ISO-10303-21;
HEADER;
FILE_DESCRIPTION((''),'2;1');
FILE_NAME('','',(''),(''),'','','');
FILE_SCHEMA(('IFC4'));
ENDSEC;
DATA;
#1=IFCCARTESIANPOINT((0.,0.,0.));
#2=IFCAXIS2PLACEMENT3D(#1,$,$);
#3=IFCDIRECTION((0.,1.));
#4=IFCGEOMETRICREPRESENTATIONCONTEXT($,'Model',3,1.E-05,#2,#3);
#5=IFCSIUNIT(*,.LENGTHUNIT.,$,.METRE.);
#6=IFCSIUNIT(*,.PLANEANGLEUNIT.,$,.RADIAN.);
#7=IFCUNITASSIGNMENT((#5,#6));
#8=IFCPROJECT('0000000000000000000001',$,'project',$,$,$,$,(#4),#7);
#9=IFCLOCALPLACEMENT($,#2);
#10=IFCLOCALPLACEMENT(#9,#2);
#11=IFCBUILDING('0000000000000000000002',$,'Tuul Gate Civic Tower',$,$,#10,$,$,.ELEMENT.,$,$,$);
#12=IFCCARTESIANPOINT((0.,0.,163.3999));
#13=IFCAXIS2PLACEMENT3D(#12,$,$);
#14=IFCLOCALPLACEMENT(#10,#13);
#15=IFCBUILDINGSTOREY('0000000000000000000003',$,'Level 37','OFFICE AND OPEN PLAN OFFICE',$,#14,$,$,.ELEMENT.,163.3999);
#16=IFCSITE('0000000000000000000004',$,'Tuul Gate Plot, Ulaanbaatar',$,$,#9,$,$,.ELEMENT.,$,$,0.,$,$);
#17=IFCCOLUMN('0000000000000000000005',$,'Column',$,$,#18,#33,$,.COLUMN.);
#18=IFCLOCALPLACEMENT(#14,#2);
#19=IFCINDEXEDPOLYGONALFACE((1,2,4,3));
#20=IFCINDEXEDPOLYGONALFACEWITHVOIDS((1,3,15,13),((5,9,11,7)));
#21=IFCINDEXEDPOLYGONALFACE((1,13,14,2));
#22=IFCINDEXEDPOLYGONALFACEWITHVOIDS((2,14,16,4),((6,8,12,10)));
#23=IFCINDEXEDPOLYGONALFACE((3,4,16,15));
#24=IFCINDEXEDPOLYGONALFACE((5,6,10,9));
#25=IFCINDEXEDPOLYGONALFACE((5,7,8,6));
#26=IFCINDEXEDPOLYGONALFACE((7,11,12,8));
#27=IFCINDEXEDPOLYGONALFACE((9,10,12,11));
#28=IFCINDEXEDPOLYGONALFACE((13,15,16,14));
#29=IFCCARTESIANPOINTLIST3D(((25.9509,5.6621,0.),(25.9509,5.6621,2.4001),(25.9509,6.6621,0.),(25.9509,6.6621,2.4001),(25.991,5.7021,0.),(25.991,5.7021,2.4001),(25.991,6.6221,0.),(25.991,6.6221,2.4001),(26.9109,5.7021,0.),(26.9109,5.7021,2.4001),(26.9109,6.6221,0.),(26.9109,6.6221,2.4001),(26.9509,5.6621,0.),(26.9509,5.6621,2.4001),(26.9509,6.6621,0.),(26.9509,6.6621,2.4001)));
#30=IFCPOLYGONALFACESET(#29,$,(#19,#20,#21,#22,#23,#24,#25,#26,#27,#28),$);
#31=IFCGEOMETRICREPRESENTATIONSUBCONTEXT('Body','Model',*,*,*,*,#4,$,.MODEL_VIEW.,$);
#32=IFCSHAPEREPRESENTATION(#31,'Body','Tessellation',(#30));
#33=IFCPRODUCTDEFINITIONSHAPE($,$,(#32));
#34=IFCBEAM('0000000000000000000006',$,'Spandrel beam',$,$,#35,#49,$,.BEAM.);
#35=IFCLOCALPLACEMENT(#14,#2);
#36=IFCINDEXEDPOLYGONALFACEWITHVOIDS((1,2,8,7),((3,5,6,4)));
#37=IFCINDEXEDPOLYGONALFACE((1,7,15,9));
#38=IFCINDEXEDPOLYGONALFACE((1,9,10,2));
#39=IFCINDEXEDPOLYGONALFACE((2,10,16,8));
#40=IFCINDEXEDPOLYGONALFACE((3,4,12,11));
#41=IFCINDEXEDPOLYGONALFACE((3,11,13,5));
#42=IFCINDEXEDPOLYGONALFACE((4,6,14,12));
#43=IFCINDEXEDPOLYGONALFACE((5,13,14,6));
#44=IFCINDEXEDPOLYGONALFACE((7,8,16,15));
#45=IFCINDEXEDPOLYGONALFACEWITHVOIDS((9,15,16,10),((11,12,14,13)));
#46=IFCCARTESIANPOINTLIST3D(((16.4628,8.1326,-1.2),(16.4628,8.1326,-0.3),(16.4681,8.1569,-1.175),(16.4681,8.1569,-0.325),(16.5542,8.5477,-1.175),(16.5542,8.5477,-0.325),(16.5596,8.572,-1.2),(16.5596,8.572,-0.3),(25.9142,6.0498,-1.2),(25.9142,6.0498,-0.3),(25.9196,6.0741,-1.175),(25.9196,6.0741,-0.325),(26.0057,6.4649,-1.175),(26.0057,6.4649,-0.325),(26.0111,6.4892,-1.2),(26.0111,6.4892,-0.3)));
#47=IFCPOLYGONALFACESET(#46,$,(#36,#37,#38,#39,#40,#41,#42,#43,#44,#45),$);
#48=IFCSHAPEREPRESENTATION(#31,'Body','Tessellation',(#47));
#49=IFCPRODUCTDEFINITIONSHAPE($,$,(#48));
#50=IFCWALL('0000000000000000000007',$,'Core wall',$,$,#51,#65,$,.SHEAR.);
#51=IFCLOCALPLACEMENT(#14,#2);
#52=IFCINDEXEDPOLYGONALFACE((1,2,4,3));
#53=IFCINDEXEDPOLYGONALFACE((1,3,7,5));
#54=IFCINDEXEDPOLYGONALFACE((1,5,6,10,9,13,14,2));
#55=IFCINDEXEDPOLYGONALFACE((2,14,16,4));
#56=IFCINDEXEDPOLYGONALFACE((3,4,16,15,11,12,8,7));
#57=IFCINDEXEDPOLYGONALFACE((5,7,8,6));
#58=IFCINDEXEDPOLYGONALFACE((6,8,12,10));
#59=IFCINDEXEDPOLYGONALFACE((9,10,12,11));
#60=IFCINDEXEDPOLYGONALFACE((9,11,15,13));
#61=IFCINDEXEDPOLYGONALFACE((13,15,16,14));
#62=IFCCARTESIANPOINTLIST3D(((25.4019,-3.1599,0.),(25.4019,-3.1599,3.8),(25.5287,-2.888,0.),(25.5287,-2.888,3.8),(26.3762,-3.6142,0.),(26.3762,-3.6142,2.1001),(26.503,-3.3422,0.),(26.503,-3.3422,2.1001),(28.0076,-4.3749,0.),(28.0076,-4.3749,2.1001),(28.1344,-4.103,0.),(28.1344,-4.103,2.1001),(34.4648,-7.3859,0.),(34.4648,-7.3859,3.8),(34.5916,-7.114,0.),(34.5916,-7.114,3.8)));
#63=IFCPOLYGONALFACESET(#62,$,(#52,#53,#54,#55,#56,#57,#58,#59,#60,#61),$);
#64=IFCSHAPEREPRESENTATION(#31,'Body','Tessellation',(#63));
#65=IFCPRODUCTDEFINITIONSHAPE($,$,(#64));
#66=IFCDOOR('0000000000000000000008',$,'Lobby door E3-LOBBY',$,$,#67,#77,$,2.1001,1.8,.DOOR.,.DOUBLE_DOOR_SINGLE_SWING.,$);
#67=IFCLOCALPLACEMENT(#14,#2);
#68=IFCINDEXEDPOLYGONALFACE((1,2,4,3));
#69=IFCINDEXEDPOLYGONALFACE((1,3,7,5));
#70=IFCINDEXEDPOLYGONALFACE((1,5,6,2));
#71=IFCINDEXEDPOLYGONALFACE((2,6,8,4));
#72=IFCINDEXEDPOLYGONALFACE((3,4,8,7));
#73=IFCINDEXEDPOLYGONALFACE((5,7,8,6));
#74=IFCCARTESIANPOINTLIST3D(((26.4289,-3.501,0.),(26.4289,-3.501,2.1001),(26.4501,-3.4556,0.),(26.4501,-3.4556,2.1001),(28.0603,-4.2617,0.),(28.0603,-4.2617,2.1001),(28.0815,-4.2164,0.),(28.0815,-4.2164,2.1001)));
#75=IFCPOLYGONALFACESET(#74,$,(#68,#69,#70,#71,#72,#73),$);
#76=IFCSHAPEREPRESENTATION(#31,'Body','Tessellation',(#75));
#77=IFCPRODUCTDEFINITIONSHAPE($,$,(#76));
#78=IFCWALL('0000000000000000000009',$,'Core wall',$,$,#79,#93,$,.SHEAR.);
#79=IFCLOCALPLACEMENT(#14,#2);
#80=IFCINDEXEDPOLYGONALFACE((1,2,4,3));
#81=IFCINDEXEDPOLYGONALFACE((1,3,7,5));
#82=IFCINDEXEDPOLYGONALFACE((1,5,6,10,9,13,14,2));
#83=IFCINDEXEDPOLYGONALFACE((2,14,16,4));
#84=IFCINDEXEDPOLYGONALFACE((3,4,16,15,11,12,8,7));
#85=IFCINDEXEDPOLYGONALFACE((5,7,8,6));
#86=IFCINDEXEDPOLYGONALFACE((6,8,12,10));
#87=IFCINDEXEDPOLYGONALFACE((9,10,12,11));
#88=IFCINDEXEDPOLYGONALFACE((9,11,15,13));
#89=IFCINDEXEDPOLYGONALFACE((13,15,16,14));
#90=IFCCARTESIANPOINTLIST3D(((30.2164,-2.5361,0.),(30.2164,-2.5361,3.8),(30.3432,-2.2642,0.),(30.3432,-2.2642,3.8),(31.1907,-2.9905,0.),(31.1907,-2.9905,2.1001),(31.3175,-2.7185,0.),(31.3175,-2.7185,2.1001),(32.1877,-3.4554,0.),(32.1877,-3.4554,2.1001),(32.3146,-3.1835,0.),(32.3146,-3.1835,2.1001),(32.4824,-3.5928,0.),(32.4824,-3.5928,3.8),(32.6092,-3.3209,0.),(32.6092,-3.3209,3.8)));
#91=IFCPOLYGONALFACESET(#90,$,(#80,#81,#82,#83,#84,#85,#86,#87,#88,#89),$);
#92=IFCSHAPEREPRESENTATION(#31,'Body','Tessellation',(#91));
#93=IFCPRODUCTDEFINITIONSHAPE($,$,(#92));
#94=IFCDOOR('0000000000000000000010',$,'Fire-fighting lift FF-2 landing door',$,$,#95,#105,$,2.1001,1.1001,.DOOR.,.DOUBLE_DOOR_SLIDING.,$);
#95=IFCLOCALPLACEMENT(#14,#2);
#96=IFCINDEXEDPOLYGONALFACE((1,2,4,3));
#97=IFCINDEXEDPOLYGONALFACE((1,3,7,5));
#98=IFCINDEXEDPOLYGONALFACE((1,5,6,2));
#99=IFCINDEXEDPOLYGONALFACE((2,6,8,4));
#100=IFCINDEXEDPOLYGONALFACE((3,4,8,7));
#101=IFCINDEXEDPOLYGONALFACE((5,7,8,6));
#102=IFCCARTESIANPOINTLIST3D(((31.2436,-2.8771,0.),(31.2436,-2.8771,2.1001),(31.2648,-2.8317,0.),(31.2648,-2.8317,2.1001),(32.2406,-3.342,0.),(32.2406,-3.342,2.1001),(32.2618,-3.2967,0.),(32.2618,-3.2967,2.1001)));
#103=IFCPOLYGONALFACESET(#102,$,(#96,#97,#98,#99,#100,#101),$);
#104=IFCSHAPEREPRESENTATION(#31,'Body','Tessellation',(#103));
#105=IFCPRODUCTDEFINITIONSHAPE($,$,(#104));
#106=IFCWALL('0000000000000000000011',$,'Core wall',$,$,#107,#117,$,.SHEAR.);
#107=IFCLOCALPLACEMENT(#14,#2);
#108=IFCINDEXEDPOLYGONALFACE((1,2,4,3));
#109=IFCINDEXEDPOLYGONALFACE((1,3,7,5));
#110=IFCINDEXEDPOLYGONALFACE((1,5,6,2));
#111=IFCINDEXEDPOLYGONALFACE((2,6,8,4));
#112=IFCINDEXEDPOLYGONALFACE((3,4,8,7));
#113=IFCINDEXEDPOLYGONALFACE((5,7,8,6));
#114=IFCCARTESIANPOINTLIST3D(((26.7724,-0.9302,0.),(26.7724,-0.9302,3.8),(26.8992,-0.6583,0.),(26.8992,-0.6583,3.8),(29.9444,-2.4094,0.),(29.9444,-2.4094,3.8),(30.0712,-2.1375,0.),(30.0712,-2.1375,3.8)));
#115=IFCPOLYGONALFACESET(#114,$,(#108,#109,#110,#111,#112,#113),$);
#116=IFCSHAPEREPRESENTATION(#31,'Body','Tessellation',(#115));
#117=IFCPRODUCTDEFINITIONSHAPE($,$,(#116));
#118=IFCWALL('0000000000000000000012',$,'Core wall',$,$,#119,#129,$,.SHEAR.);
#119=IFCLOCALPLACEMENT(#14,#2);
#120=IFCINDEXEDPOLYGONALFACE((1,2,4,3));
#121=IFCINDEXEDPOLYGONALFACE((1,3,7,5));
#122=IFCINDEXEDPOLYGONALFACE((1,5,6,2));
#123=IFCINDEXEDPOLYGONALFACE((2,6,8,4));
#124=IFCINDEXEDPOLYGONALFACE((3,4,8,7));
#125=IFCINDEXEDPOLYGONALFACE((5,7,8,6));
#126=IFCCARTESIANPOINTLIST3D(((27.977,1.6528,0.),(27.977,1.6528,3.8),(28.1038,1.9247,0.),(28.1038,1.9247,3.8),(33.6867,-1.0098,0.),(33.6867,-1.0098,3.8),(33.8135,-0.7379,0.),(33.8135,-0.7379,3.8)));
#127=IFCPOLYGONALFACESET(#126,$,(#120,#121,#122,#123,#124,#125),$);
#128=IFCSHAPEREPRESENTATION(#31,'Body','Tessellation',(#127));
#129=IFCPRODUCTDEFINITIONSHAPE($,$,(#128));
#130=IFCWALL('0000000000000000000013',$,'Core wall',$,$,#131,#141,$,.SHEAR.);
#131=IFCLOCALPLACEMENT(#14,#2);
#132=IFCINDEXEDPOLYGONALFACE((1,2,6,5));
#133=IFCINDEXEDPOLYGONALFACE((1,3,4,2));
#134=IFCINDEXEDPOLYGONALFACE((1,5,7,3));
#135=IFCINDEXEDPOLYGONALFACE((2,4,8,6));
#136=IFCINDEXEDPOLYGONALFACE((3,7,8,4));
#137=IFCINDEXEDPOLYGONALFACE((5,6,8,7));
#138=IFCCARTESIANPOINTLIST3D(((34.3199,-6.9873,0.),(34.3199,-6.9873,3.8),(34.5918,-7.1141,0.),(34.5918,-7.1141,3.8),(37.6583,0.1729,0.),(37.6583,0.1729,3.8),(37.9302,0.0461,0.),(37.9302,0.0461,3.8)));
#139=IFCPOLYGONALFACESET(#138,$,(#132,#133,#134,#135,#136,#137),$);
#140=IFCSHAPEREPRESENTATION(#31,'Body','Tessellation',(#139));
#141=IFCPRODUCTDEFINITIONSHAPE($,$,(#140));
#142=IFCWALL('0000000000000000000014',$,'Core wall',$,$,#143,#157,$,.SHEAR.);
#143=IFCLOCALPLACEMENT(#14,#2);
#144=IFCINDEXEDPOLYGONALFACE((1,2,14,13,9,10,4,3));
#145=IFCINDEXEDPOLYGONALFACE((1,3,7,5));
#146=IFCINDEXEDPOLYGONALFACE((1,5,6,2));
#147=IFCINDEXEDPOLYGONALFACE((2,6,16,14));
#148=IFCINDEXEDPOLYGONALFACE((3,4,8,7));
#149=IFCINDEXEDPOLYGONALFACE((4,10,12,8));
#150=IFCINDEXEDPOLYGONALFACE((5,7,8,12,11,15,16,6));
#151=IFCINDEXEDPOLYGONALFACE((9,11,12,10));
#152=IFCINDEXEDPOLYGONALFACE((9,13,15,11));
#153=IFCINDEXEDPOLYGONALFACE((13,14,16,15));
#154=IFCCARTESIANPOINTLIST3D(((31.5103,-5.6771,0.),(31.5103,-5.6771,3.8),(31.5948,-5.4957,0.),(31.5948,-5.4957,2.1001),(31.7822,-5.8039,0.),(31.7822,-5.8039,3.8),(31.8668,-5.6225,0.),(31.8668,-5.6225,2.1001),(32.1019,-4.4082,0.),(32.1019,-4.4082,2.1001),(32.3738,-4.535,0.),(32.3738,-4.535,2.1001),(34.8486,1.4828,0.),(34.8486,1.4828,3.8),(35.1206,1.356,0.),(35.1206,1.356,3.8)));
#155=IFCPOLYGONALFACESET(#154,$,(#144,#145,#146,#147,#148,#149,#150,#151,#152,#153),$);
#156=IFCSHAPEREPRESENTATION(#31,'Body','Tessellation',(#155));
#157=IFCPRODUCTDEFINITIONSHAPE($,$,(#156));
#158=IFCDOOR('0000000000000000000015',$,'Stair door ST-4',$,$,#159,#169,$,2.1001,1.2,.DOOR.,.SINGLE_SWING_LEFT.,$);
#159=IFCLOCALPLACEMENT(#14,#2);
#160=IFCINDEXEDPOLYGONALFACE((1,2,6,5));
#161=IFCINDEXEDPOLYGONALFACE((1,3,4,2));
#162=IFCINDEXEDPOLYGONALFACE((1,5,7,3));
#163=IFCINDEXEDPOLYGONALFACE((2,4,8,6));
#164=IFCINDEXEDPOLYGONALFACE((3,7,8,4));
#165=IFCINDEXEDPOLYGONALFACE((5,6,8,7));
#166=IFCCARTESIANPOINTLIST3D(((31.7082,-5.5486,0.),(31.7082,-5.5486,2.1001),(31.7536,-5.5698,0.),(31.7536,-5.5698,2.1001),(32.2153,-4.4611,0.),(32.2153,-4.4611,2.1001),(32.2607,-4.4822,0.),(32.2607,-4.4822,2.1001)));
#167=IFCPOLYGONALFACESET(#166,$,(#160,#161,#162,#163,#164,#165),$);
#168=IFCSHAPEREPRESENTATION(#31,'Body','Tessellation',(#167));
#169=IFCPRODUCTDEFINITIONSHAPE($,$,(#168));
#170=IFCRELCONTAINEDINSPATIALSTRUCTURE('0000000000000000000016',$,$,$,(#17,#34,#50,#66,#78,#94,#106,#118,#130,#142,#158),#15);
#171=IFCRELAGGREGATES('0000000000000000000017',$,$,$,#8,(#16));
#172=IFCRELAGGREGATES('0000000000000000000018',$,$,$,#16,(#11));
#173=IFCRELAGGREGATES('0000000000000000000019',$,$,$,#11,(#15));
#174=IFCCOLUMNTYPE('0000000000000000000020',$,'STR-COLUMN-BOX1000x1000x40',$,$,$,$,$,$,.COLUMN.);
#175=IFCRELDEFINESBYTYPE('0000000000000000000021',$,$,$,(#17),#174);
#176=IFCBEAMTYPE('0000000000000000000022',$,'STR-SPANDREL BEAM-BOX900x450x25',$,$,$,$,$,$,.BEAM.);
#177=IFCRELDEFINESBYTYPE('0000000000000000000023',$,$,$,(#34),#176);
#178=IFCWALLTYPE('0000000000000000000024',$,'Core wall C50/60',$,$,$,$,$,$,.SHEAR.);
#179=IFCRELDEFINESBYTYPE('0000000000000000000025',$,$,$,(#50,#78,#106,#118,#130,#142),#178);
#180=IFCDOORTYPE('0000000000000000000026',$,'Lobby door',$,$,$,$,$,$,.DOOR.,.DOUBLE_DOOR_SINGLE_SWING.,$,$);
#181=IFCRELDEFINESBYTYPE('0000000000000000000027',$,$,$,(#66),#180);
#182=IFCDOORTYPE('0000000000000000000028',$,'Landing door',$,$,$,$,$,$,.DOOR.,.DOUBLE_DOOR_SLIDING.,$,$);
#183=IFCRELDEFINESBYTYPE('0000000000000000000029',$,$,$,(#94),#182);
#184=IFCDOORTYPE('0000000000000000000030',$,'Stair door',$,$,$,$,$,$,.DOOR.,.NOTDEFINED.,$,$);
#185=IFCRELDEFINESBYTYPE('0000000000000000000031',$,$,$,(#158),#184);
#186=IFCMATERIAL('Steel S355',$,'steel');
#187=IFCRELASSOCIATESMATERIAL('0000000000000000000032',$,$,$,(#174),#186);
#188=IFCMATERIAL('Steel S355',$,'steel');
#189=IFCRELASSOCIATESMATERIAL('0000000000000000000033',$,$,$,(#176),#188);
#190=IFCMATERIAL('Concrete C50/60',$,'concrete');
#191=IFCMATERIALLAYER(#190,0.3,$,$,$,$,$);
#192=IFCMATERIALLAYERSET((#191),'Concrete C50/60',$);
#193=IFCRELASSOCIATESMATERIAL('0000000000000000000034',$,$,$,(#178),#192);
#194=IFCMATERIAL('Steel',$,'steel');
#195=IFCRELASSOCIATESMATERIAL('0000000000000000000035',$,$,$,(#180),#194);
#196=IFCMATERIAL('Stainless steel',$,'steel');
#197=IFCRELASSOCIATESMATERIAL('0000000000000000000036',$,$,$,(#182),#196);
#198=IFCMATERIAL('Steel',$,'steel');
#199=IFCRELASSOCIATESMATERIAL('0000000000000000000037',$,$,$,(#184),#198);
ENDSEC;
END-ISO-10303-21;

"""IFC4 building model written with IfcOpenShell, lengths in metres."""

from ifc_helpers import new_model, si_unit, direction, frame, frame_2d, origin, origin_2d, place, context, subcontext, project, spatial, rectangle, hollow_rectangle, extrude, material, layer, layer_set, material_profile, profile_set, type_object, element, fill, save


model = new_model("IFC4")

# Units and contexts
model_context = context("Model", 3, precision=1e-05, world=origin(), true_north=direction((0.0, 1.0)))
body_context = subcontext(model_context, "Body", "Model", "MODEL_VIEW")
ifc_project = project(units=[si_unit("LENGTHUNIT", "METRE"), si_unit("PLANEANGLEUNIT", "RADIAN")], contexts=[model_context])

# Site, building, storey
site_placement = place(None, origin())
site = spatial("IfcSite", under=ifc_project, at=site_placement, Name="Tuul Gate Plot, Ulaanbaatar", CompositionType="ELEMENT", RefElevation=0.0)
building_placement = place(site_placement, origin())
building = spatial("IfcBuilding", under=site, at=building_placement, Name="Tuul Gate Civic Tower", CompositionType="ELEMENT")
storey_placement = place(building_placement, frame((0.0, 0.0, 163.3999)))
storey = spatial("IfcBuildingStorey", under=building, at=storey_placement, Name="Level 37", Description="OFFICE AND OPEN PLAN OFFICE", CompositionType="ELEMENT", Elevation=163.3999)

# Column
ifc_material_1 = material(Name="Steel S355", Category="steel")
ifc_material_profile_1 = material_profile(ifc_material_1, hollow_rectangle(XDim=1.0, YDim=1.0, WallThickness=0.04, at=origin_2d()), Name="BOX1000x1000x40")
ifc_profile_set_1 = profile_set([ifc_material_profile_1], Name="Steel S355")
column_type = type_object("IfcColumnType", Name="STR-COLUMN-BOX1000x1000x40", PredefinedType="COLUMN", material=ifc_profile_set_1)
column_placement = place(storey_placement, frame((26.4509, 6.1621, 0.0), z_axis=(0.0, 0.0, 1.0), x_axis=(1.0, 0.0, 0.0)))
element("IfcColumn", 1, at=column_placement, inside=storey, type_object=column_type, Name="Column", PredefinedType="COLUMN", context=body_context, shape_type="SweptSolid", body=[
    extrude(hollow_rectangle(XDim=1.0, YDim=1.0, WallThickness=0.04, at=origin_2d()), origin(), (0.0, 0.0, 1.0), 2.4001),
])

# Beam
ifc_material_2 = material(Name="Steel S355", Category="steel")
ifc_material_profile_2 = material_profile(ifc_material_2, hollow_rectangle(XDim=0.45, YDim=0.8999, WallThickness=0.0249, at=origin_2d()), Name="BOX900x450x25")
ifc_profile_set_2 = profile_set([ifc_material_profile_2], Name="Steel S355")
beam_type = type_object("IfcBeamType", Name="STR-SPANDREL BEAM-BOX900x450x25", PredefinedType="BEAM", material=ifc_profile_set_2)
beam_placement = place(storey_placement, frame((25.9626, 6.2695, -0.75), z_axis=(-0.97657, 0.215202, 0.0), x_axis=(-0.215202, -0.97657, 0.0)))
element("IfcBeam", 2, at=beam_placement, inside=storey, type_object=beam_type, Name="Spandrel beam", PredefinedType="BEAM", context=body_context, shape_type="SweptSolid", body=[
    extrude(hollow_rectangle(XDim=0.45, YDim=0.8999, WallThickness=0.0249, at=origin_2d()), origin(), (0.0, 0.0, 1.0), 9.6782),
])

# Walls, openings, doors
ifc_material_3 = material(Name="Concrete C50/60", Category="concrete")
ifc_layer_1 = layer(ifc_material_3, 0.3)
ifc_layer_set_1 = layer_set([ifc_layer_1], Name="Concrete C50/60")
wall_type_1 = type_object("IfcWallType", Name="Core wall C50/60", PredefinedType="SHEAR", material=ifc_layer_set_1)
wall_1_placement = place(storey_placement, frame((34.5283, -7.25, 0.0), z_axis=(0.0, 0.0, 1.0), x_axis=(-0.90631, 0.422613, 0.0)))
wall_1 = element("IfcWall", 3, at=wall_1_placement, inside=storey, type_object=wall_type_1, Name="Core wall", PredefinedType="SHEAR", context=body_context, shape_type="SweptSolid", body=[
    extrude(rectangle(XDim=9.9998, YDim=0.3, at=frame_2d((5.0, 0.0))), origin(), (0.0, 0.0, 1.0), 3.8),
])
opening_1_placement = place(wall_1_placement, frame((7.125, 0.0, 0.0)))
opening_1 = element("IfcOpeningElement", 4, at=opening_1_placement, cuts=wall_1, PredefinedType="OPENING", context=body_context, shape_type="SweptSolid", body=[
    extrude(rectangle(XDim=1.8, YDim=2.1001, at=frame_2d((0.8999, 1.05))), frame((0.0, 0.1602, 0.0), z_axis=(0.0, -1.0, 0.0), x_axis=(1.0, 0.0, 0.0)), (0.0, 0.0, 1.0), 0.3201),
])
ifc_material_4 = material(Name="Steel", Category="steel")
door_type_1 = type_object("IfcDoorType", Name="Lobby door", OperationType="DOUBLE_DOOR_SINGLE_SWING", PredefinedType="DOOR", material=ifc_material_4)
door_1_placement = place(opening_1_placement, frame((1.8, 0.0, 0.0), z_axis=(0.0, 0.0, 1.0), x_axis=(-1.0, 0.0, 0.0)))
door_1 = element("IfcDoor", 5, at=door_1_placement, inside=storey, type_object=door_type_1, Name="Lobby door E3-LOBBY", OperationType="DOUBLE_DOOR_SINGLE_SWING", OverallHeight=2.1001, OverallWidth=1.8, PredefinedType="DOOR", context=body_context, shape_type="SweptSolid", body=[
    extrude(rectangle(XDim=1.8, YDim=2.1001, at=frame_2d((0.9001, 1.05))), frame((0.0, 0.0249, 0.0), z_axis=(0.0, -1.0, 0.0), x_axis=(1.0, 0.0, 0.0)), (0.0, 0.0, 1.0), 0.05),
])
fill(opening_1, door_1)
wall_2_placement = place(storey_placement, frame((32.5457, -3.4568, 0.0), z_axis=(0.0, 0.0, 1.0), x_axis=(-0.9063, 0.422634, 0.0)))
wall_2 = element("IfcWall", 6, at=wall_2_placement, inside=storey, type_object=wall_type_1, Name="Core wall", PredefinedType="SHEAR", context=body_context, shape_type="SweptSolid", body=[
    extrude(rectangle(XDim=2.5002, YDim=0.3, at=frame_2d((1.25, 0.0))), origin(), (0.0, 0.0, 1.0), 3.8),
])
opening_2_placement = place(wall_2_placement, frame((0.325, 0.0, 0.0)))
opening_2 = element("IfcOpeningElement", 7, at=opening_2_placement, cuts=wall_2, PredefinedType="OPENING", context=body_context, shape_type="SweptSolid", body=[
    extrude(rectangle(XDim=1.1001, YDim=2.1001, at=frame_2d((0.55, 1.05))), frame((0.0, 0.1602, 0.0), z_axis=(0.0, -1.0, 0.0), x_axis=(1.0, 0.0, 0.0)), (0.0, 0.0, 1.0), 0.3201),
])
ifc_material_5 = material(Name="Stainless steel", Category="steel")
door_type_2 = type_object("IfcDoorType", Name="Landing door", OperationType="DOUBLE_DOOR_SLIDING", PredefinedType="DOOR", material=ifc_material_5)
door_2_placement = place(opening_2_placement, origin())
door_2 = element("IfcDoor", 8, at=door_2_placement, inside=storey, type_object=door_type_2, Name="Fire-fighting lift FF-2 landing door", OperationType="DOUBLE_DOOR_SLIDING", OverallHeight=2.1001, OverallWidth=1.1001, PredefinedType="DOOR", context=body_context, shape_type="SweptSolid", body=[
    extrude(rectangle(XDim=1.1001, YDim=2.1001, at=frame_2d((0.55, 1.05))), frame((0.0, 0.0249, 0.0), z_axis=(0.0, -1.0, 0.0), x_axis=(1.0, 0.0, 0.0)), (0.0, 0.0, 1.0), 0.05),
])
fill(opening_2, door_2)

# Walls
wall_3_placement = place(storey_placement, frame((30.0078, -2.2734, 0.0), z_axis=(0.0, 0.0, 1.0), x_axis=(-0.906301, 0.422633, 0.0)))
element("IfcWall", 9, at=wall_3_placement, inside=storey, type_object=wall_type_1, Name="Core wall", PredefinedType="SHEAR", context=body_context, shape_type="SweptSolid", body=[
    extrude(rectangle(XDim=3.5, YDim=0.3, at=frame_2d((1.75, 0.0))), origin(), (0.0, 0.0, 1.0), 3.8),
])
wall_4_placement = place(storey_placement, frame((33.75, -0.8738, 0.0), z_axis=(0.0, 0.0, 1.0), x_axis=(-0.906301, 0.422633, 0.0)))
element("IfcWall", 10, at=wall_4_placement, inside=storey, type_object=wall_type_1, Name="Core wall", PredefinedType="SHEAR", context=body_context, shape_type="SweptSolid", body=[
    extrude(rectangle(XDim=6.3, YDim=0.3, at=frame_2d((3.1499, 0.0))), origin(), (0.0, 0.0, 1.0), 3.8),
])
wall_5_placement = place(storey_placement, frame((34.4558, -7.0508, 0.0), z_axis=(0.0, 0.0, 1.0), x_axis=(0.422571, 0.90633, 0.0)))
element("IfcWall", 11, at=wall_5_placement, inside=storey, type_object=wall_type_1, Name="Core wall", PredefinedType="SHEAR", context=body_context, shape_type="SweptSolid", body=[
    extrude(rectangle(XDim=7.9001, YDim=0.3, at=frame_2d((3.9502, 0.0))), origin(), (0.0, 0.0, 1.0), 3.8),
])

# Wall, opening, door
wall_6_placement = place(storey_placement, frame((31.6462, -5.7405, 0.0), z_axis=(0.0, 0.0, 1.0), x_axis=(0.422583, 0.906324, 0.0)))
wall_6 = element("IfcWall", 12, at=wall_6_placement, inside=storey, type_object=wall_type_1, Name="Core wall", PredefinedType="SHEAR", context=body_context, shape_type="SweptSolid", body=[
    extrude(rectangle(XDim=7.8999, YDim=0.3, at=frame_2d((3.95, 0.0))), origin(), (0.0, 0.0, 1.0), 3.8),
])
opening_3_placement = place(wall_6_placement, frame((0.2, 0.0, 0.0)))
opening_3 = element("IfcOpeningElement", 13, at=opening_3_placement, cuts=wall_6, PredefinedType="OPENING", context=body_context, shape_type="SweptSolid", body=[
    extrude(rectangle(XDim=1.2, YDim=2.1001, at=frame_2d((0.6001, 1.05))), frame((0.0, 0.1602, 0.0), z_axis=(0.0, -1.0, 0.0), x_axis=(1.0, 0.0, 0.0)), (0.0, 0.0, 1.0), 0.3201),
])
ifc_material_6 = material(Name="Steel", Category="steel")
door_type_3 = type_object("IfcDoorType", Name="Stair door", OperationType="NOTDEFINED", PredefinedType="DOOR", material=ifc_material_6)
door_3_placement = place(opening_3_placement, origin())
door_3 = element("IfcDoor", 14, at=door_3_placement, inside=storey, type_object=door_type_3, Name="Stair door ST-4", OperationType="SINGLE_SWING_LEFT", OverallHeight=2.1001, OverallWidth=1.2, PredefinedType="DOOR", context=body_context, shape_type="SweptSolid", body=[
    extrude(rectangle(XDim=1.2, YDim=2.1001, at=frame_2d((0.6001, 1.05))), frame((0.0, 0.0249, 0.0), z_axis=(0.0, -1.0, 0.0), x_axis=(1.0, 0.0, 0.0)), (0.0, 0.0, 1.0), 0.05),
])
fill(opening_3, door_3)

save(model, "model.ifc")
